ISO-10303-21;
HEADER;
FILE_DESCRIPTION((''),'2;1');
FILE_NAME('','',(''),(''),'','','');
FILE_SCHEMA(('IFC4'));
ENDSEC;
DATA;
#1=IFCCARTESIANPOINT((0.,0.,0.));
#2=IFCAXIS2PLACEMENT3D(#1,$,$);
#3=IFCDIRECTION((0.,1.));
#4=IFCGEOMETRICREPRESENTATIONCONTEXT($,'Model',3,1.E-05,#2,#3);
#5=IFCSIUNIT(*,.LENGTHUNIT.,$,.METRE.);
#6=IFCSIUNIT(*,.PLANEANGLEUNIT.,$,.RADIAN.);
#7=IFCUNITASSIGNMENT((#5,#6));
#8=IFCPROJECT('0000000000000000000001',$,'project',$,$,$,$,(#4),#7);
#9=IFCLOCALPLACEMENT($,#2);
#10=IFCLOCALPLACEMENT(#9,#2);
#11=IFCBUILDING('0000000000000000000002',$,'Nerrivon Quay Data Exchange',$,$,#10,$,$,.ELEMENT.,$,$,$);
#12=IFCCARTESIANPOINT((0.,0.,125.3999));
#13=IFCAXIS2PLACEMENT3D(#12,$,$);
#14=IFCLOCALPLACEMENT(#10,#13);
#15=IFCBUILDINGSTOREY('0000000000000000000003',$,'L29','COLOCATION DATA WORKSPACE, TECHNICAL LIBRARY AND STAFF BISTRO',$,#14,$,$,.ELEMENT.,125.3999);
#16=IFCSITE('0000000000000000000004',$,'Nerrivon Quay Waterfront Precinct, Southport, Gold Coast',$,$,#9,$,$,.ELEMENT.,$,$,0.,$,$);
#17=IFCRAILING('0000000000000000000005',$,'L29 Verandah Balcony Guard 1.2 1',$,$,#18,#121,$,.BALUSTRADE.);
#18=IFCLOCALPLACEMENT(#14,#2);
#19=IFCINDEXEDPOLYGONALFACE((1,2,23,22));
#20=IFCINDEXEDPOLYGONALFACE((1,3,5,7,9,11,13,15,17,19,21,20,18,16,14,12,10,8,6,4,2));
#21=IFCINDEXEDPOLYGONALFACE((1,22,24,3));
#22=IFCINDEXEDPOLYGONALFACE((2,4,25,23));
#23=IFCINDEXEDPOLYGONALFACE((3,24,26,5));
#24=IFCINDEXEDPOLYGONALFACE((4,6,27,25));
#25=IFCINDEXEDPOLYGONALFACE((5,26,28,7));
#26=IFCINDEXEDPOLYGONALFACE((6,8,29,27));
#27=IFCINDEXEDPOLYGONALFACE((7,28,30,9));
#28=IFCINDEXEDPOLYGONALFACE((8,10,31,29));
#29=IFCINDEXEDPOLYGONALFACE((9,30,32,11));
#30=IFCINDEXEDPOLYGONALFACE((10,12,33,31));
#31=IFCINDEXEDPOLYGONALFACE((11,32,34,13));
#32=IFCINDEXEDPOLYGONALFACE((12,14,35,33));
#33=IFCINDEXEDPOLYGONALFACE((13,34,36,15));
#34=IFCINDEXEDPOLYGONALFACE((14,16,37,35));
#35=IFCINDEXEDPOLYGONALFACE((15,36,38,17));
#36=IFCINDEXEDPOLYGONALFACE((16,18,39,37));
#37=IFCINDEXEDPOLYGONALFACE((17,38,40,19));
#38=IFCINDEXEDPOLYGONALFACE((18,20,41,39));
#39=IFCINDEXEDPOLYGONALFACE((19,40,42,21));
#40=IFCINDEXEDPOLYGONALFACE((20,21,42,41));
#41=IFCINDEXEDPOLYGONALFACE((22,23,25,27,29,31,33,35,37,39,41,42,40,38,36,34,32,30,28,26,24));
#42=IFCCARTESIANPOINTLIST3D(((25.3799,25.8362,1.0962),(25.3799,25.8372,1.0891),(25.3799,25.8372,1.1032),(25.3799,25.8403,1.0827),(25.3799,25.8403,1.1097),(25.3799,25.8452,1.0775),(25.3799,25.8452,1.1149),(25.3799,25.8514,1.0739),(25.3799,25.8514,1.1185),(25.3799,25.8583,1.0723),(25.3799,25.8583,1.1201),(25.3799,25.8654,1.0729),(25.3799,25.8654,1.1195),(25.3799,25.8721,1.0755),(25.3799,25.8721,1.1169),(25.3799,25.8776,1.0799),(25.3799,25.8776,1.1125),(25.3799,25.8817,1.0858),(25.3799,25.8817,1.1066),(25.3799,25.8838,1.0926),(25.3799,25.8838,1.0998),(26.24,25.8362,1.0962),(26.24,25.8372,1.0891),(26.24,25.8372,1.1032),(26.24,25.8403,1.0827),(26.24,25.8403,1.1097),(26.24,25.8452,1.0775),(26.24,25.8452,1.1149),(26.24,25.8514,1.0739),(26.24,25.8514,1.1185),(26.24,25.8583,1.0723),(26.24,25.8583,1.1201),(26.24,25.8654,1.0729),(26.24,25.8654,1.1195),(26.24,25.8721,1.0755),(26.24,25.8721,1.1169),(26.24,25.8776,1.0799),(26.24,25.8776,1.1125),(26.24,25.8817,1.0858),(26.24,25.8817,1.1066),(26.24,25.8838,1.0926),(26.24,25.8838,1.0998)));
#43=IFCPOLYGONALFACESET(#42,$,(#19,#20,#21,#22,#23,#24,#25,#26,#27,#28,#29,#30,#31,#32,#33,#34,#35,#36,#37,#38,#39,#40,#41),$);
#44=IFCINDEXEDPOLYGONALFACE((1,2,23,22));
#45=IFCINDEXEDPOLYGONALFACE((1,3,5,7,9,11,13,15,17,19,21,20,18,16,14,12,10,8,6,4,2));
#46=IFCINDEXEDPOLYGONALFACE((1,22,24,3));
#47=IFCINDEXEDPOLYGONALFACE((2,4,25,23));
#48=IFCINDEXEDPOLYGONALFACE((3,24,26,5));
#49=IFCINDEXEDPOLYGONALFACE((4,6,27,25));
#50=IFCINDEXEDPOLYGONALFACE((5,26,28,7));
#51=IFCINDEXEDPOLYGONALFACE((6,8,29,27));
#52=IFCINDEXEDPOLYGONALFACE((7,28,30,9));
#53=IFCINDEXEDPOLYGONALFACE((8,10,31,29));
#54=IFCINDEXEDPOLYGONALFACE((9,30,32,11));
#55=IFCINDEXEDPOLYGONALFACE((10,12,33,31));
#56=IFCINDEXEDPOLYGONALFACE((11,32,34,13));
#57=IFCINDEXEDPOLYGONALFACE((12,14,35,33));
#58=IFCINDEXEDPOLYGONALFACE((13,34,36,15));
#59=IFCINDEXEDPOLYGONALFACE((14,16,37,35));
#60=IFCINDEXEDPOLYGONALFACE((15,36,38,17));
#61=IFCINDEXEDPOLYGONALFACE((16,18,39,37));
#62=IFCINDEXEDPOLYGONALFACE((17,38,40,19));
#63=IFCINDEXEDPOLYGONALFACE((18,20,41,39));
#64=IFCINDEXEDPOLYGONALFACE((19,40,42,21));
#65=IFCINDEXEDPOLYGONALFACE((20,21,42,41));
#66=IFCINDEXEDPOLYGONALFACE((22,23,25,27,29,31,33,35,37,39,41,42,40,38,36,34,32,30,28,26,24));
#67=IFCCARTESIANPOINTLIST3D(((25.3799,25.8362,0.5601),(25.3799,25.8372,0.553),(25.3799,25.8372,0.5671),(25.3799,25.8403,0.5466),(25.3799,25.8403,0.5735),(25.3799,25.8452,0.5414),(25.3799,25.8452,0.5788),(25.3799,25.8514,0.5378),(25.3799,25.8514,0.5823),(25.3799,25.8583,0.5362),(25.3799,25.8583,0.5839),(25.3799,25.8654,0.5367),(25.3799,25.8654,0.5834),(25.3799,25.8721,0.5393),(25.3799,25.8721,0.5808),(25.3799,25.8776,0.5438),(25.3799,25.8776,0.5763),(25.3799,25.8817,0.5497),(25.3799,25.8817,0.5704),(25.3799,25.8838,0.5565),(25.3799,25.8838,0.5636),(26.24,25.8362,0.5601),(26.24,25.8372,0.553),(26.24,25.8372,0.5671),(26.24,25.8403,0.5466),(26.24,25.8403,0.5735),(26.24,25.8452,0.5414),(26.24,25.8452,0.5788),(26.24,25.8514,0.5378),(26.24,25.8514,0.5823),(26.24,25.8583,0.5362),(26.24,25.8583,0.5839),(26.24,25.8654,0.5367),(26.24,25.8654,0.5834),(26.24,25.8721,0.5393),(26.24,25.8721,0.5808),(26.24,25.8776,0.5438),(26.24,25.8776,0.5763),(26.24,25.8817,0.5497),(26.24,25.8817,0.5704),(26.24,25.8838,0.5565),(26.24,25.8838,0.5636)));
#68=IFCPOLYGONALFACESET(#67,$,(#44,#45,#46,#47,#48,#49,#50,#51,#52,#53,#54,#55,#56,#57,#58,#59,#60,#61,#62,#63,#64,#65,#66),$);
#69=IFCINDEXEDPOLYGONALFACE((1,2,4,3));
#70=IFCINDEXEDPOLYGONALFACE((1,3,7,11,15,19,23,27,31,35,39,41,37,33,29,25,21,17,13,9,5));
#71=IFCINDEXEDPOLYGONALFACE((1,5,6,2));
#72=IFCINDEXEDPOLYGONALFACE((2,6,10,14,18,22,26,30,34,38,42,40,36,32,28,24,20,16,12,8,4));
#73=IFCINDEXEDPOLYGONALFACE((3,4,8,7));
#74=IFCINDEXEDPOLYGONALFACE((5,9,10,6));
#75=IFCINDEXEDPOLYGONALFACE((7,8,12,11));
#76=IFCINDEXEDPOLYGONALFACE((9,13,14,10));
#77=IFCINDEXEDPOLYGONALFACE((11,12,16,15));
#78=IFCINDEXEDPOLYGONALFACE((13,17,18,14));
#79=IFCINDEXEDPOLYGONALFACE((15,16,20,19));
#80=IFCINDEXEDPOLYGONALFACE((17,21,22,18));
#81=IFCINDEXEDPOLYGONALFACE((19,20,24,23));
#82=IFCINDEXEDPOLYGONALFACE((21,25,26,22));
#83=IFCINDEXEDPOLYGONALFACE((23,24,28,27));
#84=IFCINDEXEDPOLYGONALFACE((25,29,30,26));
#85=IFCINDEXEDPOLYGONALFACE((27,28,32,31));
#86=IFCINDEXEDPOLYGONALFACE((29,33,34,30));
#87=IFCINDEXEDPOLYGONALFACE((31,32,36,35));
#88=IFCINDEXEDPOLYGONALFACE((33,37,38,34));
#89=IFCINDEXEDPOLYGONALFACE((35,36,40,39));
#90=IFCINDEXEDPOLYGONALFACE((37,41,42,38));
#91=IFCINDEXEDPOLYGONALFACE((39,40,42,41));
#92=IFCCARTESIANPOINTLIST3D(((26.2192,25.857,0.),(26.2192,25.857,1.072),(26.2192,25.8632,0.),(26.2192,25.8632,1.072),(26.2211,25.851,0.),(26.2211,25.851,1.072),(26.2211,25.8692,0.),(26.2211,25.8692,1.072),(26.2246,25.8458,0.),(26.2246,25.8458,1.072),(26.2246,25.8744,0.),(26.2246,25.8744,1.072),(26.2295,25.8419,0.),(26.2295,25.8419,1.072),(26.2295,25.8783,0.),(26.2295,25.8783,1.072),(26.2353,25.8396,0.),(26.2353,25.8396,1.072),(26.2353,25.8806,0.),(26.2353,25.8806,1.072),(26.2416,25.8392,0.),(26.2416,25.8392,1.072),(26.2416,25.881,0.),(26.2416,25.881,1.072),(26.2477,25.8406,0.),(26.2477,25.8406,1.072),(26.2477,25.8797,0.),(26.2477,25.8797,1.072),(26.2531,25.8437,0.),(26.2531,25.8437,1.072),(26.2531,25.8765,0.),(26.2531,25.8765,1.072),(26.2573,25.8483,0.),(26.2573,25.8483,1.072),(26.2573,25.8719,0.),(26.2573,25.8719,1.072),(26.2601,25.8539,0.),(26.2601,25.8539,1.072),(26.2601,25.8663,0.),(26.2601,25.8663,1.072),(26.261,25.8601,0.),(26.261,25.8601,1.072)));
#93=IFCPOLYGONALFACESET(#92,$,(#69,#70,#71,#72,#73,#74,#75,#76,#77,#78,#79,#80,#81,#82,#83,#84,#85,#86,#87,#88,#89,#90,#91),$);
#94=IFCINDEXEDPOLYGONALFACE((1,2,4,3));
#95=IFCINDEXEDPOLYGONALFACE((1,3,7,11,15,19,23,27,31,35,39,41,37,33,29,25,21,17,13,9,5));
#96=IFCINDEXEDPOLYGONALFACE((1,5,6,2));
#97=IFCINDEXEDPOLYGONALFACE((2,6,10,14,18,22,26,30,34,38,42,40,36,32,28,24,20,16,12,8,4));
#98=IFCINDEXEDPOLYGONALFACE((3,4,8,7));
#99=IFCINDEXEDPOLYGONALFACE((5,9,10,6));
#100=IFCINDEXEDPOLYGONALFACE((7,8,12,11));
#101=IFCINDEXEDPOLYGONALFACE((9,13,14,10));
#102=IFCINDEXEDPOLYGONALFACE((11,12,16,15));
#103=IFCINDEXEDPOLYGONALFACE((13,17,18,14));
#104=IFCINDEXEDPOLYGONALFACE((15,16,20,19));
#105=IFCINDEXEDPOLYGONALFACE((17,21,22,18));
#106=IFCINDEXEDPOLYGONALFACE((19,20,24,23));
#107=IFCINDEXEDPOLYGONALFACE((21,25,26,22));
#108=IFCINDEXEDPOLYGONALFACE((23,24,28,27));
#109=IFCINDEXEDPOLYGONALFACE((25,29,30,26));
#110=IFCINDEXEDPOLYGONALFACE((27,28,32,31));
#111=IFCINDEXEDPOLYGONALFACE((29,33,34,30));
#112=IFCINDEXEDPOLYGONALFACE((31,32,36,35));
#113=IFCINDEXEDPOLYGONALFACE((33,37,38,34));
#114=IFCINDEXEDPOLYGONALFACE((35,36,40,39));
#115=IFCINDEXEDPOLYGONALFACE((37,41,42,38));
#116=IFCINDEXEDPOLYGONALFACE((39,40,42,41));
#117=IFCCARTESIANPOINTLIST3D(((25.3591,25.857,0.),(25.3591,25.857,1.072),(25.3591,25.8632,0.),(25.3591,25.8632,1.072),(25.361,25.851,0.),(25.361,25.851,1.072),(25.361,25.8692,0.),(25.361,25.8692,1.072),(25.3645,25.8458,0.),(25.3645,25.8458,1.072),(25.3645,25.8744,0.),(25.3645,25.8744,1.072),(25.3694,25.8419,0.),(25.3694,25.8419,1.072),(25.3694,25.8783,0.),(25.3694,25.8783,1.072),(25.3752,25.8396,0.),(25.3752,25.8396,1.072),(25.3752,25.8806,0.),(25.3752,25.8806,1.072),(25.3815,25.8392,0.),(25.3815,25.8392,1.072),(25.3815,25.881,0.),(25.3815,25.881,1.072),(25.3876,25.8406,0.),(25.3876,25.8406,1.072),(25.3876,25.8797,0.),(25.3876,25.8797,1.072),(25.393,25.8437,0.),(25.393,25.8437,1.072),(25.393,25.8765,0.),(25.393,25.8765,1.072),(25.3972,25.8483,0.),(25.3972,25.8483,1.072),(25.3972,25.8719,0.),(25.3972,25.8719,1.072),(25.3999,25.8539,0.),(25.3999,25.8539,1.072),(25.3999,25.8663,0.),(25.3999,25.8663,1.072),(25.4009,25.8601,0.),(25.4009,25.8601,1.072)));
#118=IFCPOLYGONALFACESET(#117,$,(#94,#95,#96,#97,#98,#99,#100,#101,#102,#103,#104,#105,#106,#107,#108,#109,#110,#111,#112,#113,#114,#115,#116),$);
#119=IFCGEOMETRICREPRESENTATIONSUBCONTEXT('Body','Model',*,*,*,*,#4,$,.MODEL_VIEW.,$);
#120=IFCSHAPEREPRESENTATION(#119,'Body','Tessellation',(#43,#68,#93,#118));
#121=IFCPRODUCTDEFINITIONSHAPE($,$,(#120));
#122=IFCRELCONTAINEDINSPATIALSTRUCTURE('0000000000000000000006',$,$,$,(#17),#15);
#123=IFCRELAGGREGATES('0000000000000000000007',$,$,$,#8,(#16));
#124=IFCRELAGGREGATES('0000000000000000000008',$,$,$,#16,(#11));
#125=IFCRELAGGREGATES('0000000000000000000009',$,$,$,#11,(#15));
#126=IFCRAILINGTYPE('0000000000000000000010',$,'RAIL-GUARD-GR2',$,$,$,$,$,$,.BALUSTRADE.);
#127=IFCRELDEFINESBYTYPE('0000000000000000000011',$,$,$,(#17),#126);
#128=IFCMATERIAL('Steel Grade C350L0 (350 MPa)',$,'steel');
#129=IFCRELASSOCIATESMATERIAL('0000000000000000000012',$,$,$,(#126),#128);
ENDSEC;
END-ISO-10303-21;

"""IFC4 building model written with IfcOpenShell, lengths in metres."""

from ifc_helpers import new_model, si_unit, direction, frame, origin, origin_2d, place, context, subcontext, project, spatial, circle, extrude, material, type_object, element, save


model = new_model("IFC4")

# Units and contexts
model_context = context("Model", 3, precision=1e-05, world=origin(), true_north=direction((0.0, 1.0)))
body_context = subcontext(model_context, "Body", "Model", "MODEL_VIEW")
ifc_project = project(units=[si_unit("LENGTHUNIT", "METRE"), si_unit("PLANEANGLEUNIT", "RADIAN")], contexts=[model_context])

# Site, building, storey
site_placement = place(None, origin())
site = spatial("IfcSite", under=ifc_project, at=site_placement, Name="Nerrivon Quay Waterfront Precinct, Southport, Gold Coast", CompositionType="ELEMENT", RefElevation=0.0)
building_placement = place(site_placement, origin())
building = spatial("IfcBuilding", under=site, at=building_placement, Name="Nerrivon Quay Data Exchange", CompositionType="ELEMENT")
storey_placement = place(building_placement, frame((0.0, 0.0, 125.3999)))
storey = spatial("IfcBuildingStorey", under=building, at=storey_placement, Name="L29", Description="COLOCATION DATA WORKSPACE, TECHNICAL LIBRARY AND STAFF BISTRO", CompositionType="ELEMENT", Elevation=125.3999)

# Railing
ifc_material_1 = material(Name="Steel Grade C350L0 (350 MPa)", Category="steel")
railing_type = type_object("IfcRailingType", Name="RAIL-GUARD-GR2", PredefinedType="BALUSTRADE", material=ifc_material_1)
railing_1_placement = place(storey_placement, frame((26.24, 25.8601, 0.0)))
element("IfcRailing", 1, at=railing_1_placement, inside=storey, type_object=railing_type, Name="L29 Verandah Balcony Guard 1.2 1", PredefinedType="BALUSTRADE", context=body_context, shape_type="SweptSolid", body=[
    extrude(circle(Radius=0.0239, at=origin_2d()), frame((0.0, 0.0, 1.0962), z_axis=(-1.0, 0.0, 0.0), x_axis=(0.0, -1.0, 0.0)), (0.0, 0.0, 1.0), 0.8601),
    extrude(circle(Radius=0.0239, at=origin_2d()), frame((0.0, 0.0, 0.5601), z_axis=(-1.0, 0.0, 0.0), x_axis=(0.0, -1.0, 0.0)), (0.0, 0.0, 1.0), 0.8601),
    extrude(circle(Radius=0.021, at=origin_2d()), origin(), (0.0, 0.0, 1.0), 1.072),
    extrude(circle(Radius=0.021, at=origin_2d()), frame((-0.8601, 0.0, 0.0)), (0.0, 0.0, 1.0), 1.072),
])

save(model, "model.ifc")
